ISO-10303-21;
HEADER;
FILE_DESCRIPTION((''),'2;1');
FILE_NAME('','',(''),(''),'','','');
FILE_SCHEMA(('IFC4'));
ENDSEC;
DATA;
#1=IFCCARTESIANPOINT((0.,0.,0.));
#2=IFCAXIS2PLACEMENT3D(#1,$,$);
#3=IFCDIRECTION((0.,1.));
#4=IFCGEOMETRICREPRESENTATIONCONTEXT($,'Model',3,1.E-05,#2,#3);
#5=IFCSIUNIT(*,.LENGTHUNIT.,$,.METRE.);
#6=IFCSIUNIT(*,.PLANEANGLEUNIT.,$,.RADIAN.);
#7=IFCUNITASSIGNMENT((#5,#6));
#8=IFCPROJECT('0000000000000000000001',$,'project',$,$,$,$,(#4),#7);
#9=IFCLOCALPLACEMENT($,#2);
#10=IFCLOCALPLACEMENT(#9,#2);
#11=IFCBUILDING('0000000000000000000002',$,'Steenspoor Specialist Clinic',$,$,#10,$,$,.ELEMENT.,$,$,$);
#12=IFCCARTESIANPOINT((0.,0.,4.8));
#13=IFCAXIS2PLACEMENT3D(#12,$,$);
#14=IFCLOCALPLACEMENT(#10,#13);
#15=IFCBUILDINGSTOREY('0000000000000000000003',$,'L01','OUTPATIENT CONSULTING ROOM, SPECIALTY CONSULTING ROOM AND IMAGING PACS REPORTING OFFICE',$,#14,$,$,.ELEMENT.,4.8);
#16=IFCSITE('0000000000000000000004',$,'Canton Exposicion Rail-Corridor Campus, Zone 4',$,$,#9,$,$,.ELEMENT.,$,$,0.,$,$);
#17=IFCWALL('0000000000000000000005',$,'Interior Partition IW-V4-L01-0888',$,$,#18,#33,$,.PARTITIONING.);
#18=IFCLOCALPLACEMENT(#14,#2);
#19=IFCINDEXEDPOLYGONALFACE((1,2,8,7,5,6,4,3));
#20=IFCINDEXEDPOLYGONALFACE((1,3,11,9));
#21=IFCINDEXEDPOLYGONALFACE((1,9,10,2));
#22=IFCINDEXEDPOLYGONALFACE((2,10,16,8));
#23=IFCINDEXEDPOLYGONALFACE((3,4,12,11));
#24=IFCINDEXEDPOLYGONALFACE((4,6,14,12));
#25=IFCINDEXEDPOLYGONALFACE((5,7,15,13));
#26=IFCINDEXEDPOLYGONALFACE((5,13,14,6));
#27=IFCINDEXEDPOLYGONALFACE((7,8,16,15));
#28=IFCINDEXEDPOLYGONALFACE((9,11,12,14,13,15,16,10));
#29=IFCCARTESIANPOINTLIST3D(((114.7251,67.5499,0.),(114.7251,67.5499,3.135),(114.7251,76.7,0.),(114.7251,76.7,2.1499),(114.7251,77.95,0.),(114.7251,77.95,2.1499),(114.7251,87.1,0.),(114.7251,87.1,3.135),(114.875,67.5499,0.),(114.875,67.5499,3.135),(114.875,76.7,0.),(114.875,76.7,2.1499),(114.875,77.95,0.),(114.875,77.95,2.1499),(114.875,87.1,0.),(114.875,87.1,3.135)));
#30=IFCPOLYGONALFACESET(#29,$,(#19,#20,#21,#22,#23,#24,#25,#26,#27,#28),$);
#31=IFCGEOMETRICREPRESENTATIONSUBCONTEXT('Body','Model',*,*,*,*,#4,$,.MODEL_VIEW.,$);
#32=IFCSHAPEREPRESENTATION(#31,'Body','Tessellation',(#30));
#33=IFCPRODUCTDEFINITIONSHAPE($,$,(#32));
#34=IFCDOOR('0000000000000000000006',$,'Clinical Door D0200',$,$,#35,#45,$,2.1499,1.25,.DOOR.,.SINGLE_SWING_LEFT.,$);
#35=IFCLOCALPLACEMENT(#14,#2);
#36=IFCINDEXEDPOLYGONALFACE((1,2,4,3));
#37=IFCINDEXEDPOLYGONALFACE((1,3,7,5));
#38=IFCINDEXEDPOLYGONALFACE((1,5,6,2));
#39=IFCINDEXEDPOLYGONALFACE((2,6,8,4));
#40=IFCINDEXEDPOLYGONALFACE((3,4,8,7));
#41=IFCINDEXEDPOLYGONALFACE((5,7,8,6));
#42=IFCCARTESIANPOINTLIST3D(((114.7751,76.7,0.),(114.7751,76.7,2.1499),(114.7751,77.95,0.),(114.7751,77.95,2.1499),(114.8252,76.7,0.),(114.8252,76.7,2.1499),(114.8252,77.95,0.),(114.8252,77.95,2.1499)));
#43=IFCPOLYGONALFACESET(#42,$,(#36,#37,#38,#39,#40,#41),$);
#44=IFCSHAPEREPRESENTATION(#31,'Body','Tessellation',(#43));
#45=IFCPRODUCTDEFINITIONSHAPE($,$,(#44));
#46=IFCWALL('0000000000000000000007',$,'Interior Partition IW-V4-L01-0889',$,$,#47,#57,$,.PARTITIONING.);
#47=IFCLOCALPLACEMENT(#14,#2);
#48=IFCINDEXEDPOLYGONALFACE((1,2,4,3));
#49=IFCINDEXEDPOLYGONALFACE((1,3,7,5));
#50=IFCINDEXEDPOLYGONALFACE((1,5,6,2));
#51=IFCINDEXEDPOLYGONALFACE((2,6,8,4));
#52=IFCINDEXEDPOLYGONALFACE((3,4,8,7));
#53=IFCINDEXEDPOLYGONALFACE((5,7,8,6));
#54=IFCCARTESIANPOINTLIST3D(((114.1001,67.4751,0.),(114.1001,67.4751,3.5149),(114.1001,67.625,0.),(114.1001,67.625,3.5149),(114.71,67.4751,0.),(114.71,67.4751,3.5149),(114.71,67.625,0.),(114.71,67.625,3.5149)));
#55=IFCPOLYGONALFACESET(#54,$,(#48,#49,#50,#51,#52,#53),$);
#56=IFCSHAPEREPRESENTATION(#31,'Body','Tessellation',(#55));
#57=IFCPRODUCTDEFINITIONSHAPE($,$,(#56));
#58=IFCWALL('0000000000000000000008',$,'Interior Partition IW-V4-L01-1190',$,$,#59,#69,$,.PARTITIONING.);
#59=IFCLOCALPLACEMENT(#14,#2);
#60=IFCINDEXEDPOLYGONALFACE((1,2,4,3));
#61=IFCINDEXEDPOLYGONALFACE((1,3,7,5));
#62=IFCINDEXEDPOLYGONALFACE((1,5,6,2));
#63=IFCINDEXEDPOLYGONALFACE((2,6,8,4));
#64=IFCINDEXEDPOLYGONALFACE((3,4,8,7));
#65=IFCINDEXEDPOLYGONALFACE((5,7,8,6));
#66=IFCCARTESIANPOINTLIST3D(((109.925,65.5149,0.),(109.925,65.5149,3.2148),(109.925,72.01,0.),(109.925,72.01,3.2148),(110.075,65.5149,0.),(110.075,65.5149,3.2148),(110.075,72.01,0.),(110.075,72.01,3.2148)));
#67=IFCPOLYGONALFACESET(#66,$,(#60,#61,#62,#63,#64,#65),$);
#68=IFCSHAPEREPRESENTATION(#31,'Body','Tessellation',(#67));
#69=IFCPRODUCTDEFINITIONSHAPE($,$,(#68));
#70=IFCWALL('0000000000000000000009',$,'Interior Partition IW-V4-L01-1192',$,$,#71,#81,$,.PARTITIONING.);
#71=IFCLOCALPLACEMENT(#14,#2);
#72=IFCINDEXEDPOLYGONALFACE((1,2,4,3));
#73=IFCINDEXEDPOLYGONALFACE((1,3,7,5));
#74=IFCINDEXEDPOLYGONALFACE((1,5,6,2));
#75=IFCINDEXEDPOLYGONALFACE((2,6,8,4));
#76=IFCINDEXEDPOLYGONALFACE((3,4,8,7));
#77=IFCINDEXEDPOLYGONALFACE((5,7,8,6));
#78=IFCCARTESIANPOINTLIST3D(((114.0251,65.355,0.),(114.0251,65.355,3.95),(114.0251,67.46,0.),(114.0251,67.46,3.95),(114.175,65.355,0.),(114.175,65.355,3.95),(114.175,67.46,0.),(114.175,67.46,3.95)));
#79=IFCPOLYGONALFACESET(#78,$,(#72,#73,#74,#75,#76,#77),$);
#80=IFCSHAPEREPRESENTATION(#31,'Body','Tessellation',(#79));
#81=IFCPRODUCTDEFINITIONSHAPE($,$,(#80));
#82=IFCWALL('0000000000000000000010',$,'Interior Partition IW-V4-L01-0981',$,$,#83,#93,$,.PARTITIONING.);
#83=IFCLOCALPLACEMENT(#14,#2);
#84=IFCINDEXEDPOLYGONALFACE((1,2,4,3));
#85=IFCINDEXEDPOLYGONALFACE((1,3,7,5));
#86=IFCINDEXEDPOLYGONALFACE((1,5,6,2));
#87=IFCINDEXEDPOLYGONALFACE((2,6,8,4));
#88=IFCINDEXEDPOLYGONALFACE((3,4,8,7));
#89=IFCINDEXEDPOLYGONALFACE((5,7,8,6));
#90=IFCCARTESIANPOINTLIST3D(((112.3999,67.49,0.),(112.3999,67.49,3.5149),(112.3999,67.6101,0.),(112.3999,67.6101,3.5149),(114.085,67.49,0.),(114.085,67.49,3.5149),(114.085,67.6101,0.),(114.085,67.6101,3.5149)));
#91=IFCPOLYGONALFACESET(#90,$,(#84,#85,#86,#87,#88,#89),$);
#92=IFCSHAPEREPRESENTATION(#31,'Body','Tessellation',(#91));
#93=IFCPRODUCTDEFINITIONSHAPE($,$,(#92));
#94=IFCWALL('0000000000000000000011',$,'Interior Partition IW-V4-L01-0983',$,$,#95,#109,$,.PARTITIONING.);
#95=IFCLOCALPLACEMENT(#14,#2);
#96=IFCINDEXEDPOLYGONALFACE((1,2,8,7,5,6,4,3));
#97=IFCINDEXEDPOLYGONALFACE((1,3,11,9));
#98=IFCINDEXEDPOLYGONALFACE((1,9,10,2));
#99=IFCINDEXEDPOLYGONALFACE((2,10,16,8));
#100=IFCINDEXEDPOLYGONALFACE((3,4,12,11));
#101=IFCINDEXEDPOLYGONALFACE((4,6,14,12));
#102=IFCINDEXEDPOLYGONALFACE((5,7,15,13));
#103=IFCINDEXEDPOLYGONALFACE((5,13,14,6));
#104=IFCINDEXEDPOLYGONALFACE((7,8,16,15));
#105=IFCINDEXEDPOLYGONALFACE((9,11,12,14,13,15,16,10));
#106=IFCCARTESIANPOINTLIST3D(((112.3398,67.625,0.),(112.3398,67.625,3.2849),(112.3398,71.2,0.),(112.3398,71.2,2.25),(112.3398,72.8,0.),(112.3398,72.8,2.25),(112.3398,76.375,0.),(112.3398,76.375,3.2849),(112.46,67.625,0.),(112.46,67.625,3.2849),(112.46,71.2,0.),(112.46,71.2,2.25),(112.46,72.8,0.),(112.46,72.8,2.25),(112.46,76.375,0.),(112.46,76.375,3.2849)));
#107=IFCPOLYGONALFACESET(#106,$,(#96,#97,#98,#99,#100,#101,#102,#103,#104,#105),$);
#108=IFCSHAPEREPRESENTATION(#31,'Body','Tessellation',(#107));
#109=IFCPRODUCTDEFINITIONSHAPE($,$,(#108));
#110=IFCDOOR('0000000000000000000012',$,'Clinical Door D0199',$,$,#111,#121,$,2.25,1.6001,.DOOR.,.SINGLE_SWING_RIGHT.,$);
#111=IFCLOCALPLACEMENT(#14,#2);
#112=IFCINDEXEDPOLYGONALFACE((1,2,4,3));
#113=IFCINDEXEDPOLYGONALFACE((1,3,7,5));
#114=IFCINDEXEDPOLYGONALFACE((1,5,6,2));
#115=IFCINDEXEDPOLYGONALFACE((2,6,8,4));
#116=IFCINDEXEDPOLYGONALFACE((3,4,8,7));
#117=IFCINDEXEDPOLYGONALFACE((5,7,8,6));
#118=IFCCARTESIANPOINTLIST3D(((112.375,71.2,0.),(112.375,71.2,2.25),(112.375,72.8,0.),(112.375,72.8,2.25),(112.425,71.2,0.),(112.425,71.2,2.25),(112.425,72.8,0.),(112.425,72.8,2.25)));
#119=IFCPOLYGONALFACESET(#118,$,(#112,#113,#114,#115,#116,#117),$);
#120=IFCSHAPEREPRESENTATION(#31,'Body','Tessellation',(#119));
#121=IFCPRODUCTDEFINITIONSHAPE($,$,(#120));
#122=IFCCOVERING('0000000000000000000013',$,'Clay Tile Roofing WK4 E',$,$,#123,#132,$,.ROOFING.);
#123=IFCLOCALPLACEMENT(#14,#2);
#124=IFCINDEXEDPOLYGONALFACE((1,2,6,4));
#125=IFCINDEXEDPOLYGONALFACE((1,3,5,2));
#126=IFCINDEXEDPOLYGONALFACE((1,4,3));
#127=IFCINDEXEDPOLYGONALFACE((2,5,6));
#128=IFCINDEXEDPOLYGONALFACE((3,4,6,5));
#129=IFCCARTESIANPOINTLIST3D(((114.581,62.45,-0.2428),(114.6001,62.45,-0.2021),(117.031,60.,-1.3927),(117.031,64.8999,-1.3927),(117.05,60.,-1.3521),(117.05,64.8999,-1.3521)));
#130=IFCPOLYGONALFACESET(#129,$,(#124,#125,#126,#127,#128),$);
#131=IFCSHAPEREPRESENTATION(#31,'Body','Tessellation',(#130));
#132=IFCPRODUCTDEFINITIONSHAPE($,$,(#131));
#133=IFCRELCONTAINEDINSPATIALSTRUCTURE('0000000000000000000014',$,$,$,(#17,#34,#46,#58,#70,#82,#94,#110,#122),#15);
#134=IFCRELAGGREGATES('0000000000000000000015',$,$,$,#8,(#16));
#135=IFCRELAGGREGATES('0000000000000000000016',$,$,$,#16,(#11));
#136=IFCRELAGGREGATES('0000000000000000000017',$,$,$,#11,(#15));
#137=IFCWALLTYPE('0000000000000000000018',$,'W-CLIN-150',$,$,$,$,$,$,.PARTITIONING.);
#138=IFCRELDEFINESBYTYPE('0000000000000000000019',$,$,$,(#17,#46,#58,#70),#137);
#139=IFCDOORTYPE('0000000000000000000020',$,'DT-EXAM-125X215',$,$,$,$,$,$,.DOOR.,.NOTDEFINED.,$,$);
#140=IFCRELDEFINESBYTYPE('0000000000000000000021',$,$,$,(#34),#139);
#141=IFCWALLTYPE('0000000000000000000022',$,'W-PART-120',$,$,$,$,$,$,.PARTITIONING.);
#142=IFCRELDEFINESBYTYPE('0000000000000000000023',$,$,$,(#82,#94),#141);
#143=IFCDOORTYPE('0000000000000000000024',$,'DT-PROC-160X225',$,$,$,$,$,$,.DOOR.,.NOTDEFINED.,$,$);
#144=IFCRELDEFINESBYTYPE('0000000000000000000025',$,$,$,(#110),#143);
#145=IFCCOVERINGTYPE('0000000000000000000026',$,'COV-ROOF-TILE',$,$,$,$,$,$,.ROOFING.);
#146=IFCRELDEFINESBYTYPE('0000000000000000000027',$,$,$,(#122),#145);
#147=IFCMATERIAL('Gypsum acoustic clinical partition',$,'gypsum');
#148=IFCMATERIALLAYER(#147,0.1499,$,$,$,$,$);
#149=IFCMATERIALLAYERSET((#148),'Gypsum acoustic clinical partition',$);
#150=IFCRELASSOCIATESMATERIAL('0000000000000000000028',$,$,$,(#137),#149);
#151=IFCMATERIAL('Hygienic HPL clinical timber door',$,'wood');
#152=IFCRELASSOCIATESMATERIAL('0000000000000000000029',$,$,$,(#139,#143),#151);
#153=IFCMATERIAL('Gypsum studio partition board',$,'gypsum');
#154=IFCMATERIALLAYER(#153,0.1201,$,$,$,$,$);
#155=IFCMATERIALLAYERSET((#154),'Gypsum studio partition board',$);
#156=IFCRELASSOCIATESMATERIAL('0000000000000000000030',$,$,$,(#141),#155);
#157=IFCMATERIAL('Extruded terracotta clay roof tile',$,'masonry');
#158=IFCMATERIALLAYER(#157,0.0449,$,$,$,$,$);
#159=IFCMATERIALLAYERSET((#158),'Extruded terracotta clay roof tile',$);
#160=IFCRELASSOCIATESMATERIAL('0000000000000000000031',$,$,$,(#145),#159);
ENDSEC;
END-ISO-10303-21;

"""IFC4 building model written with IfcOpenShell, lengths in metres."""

from ifc_helpers import new_model, si_unit, direction, frame, frame_2d, origin, place, context, subcontext, project, spatial, polyline, rectangle, outline, extrude, material, layer, layer_set, type_object, element, fill, save


model = new_model("IFC4")

# Units and contexts
model_context = context("Model", 3, precision=1e-05, world=origin(), true_north=direction((0.0, 1.0)))
body_context = subcontext(model_context, "Body", "Model", "MODEL_VIEW")
ifc_project = project(units=[si_unit("LENGTHUNIT", "METRE"), si_unit("PLANEANGLEUNIT", "RADIAN")], contexts=[model_context])

# Site, building, storey
site_placement = place(None, origin())
site = spatial("IfcSite", under=ifc_project, at=site_placement, Name="Canton Exposicion Rail-Corridor Campus, Zone 4", CompositionType="ELEMENT", RefElevation=0.0)
building_placement = place(site_placement, origin())
building = spatial("IfcBuilding", under=site, at=building_placement, Name="Steenspoor Specialist Clinic", CompositionType="ELEMENT")
storey_placement = place(building_placement, frame((0.0, 0.0, 4.8)))
storey = spatial("IfcBuildingStorey", under=building, at=storey_placement, Name="L01", Description="OUTPATIENT CONSULTING ROOM, SPECIALTY CONSULTING ROOM AND IMAGING PACS REPORTING OFFICE", CompositionType="ELEMENT", Elevation=4.8)

# Shared definitions
ifc_material_1 = material(Name="Extruded terracotta clay roof tile", Category="masonry")

# Wall, opening, door
ifc_material_2 = material(Name="Gypsum acoustic clinical partition", Category="gypsum")
ifc_layer_1 = layer(ifc_material_2, 0.1499)
ifc_layer_set_1 = layer_set([ifc_layer_1], Name="Gypsum acoustic clinical partition")
wall_type_1 = type_object("IfcWallType", Name="W-CLIN-150", PredefinedType="PARTITIONING", material=ifc_layer_set_1)
wall_1_placement = place(storey_placement, frame((114.8, 67.55, 0.0), z_axis=(0.0, 0.0, 1.0), x_axis=(0.0, 1.0, 0.0)))
wall_1 = element("IfcWall", 1, at=wall_1_placement, inside=storey, type_object=wall_type_1, Name="Interior Partition IW-V4-L01-0888", PredefinedType="PARTITIONING", context=body_context, shape_type="SweptSolid", body=[
    extrude(rectangle(XDim=19.55, YDim=0.1499, at=frame_2d((9.7749, 0.0))), origin(), (0.0, 0.0, 1.0), 3.135),
])
opening_1_placement = place(wall_1_placement, frame((9.1499, 0.0, 0.0)))
opening_1 = element("IfcOpeningElement", 2, at=opening_1_placement, cuts=wall_1, PredefinedType="OPENING", context=body_context, shape_type="SweptSolid", body=[
    extrude(rectangle(XDim=1.25, YDim=2.1499, at=frame_2d((0.625, 1.075))), frame((0.0, 0.085, 0.0), z_axis=(0.0, -1.0, 0.0), x_axis=(1.0, 0.0, 0.0)), (0.0, 0.0, 1.0), 0.1699),
])
ifc_material_3 = material(Name="Hygienic HPL clinical timber door", Category="wood")
door_type_1 = type_object("IfcDoorType", Name="DT-EXAM-125X215", OperationType="NOTDEFINED", PredefinedType="DOOR", material=ifc_material_3)
door_1_placement = place(opening_1_placement, origin())
door_1 = element("IfcDoor", 3, at=door_1_placement, inside=storey, type_object=door_type_1, Name="Clinical Door D0200", OperationType="SINGLE_SWING_LEFT", OverallHeight=2.1499, OverallWidth=1.25, PredefinedType="DOOR", context=body_context, shape_type="SweptSolid", body=[
    extrude(rectangle(XDim=1.25, YDim=2.1499, at=frame_2d((0.625, 1.075))), frame((0.0, 0.0249, 0.0), z_axis=(0.0, -1.0, 0.0), x_axis=(1.0, 0.0, 0.0)), (0.0, 0.0, 1.0), 0.05),
])
fill(opening_1, door_1)

# Walls
wall_2_placement = place(storey_placement, frame((114.1001, 67.55, 0.0), z_axis=(0.0, 0.0, 1.0), x_axis=(1.0, 0.0, 0.0)))
element("IfcWall", 4, at=wall_2_placement, inside=storey, type_object=wall_type_1, Name="Interior Partition IW-V4-L01-0889", PredefinedType="PARTITIONING", context=body_context, shape_type="SweptSolid", body=[
    extrude(rectangle(XDim=0.6099, YDim=0.1499, at=frame_2d((0.3049, 0.0))), origin(), (0.0, 0.0, 1.0), 3.5149),
])
wall_3_placement = place(storey_placement, frame((110.0, 65.5149, 0.0), z_axis=(0.0, 0.0, 1.0), x_axis=(0.0, 1.0, 0.0)))
element("IfcWall", 5, at=wall_3_placement, inside=storey, type_object=wall_type_1, Name="Interior Partition IW-V4-L01-1190", PredefinedType="PARTITIONING", context=body_context, shape_type="SweptSolid", body=[
    extrude(rectangle(XDim=6.4951, YDim=0.1499, at=frame_2d((3.2476, 0.0))), origin(), (0.0, 0.0, 1.0), 3.2148),
])
wall_4_placement = place(storey_placement, frame((114.1001, 65.355, 0.0), z_axis=(0.0, 0.0, 1.0), x_axis=(0.0, 1.0, 0.0)))
element("IfcWall", 6, at=wall_4_placement, inside=storey, type_object=wall_type_1, Name="Interior Partition IW-V4-L01-1192", PredefinedType="PARTITIONING", context=body_context, shape_type="SweptSolid", body=[
    extrude(rectangle(XDim=2.105, YDim=0.1499, at=frame_2d((1.0525, 0.0))), origin(), (0.0, 0.0, 1.0), 3.95),
])
ifc_material_4 = material(Name="Gypsum studio partition board", Category="gypsum")
ifc_layer_2 = layer(ifc_material_4, 0.1201)
ifc_layer_set_2 = layer_set([ifc_layer_2], Name="Gypsum studio partition board")
wall_type_2 = type_object("IfcWallType", Name="W-PART-120", PredefinedType="PARTITIONING", material=ifc_layer_set_2)
wall_5_placement = place(storey_placement, frame((112.3999, 67.55, 0.0), z_axis=(0.0, 0.0, 1.0), x_axis=(1.0, 0.0, 0.0)))
element("IfcWall", 7, at=wall_5_placement, inside=storey, type_object=wall_type_2, Name="Interior Partition IW-V4-L01-0981", PredefinedType="PARTITIONING", context=body_context, shape_type="SweptSolid", body=[
    extrude(rectangle(XDim=1.6851, YDim=0.1201, at=frame_2d((0.8425, 0.0))), origin(), (0.0, 0.0, 1.0), 3.5149),
])

# Wall, opening, door
wall_6_placement = place(storey_placement, frame((112.3999, 67.625, 0.0), z_axis=(0.0, 0.0, 1.0), x_axis=(0.0, 1.0, 0.0)))
wall_6 = element("IfcWall", 8, at=wall_6_placement, inside=storey, type_object=wall_type_2, Name="Interior Partition IW-V4-L01-0983", PredefinedType="PARTITIONING", context=body_context, shape_type="SweptSolid", body=[
    extrude(rectangle(XDim=8.75, YDim=0.1201, at=frame_2d((4.375, 0.0))), origin(), (0.0, 0.0, 1.0), 3.2849),
])
opening_2_placement = place(wall_6_placement, frame((3.575, 0.0, 0.0)))
opening_2 = element("IfcOpeningElement", 9, at=opening_2_placement, cuts=wall_6, PredefinedType="OPENING", context=body_context, shape_type="SweptSolid", body=[
    extrude(rectangle(XDim=1.6001, YDim=2.25, at=frame_2d((0.8, 1.125))), frame((0.0, 0.0701, 0.0), z_axis=(0.0, -1.0, 0.0), x_axis=(1.0, 0.0, 0.0)), (0.0, 0.0, 1.0), 0.1401),
])
door_type_2 = type_object("IfcDoorType", Name="DT-PROC-160X225", OperationType="NOTDEFINED", PredefinedType="DOOR", material=ifc_material_3)
door_2_placement = place(opening_2_placement, origin())
door_2 = element("IfcDoor", 10, at=door_2_placement, inside=storey, type_object=door_type_2, Name="Clinical Door D0199", OperationType="SINGLE_SWING_RIGHT", OverallHeight=2.25, OverallWidth=1.6001, PredefinedType="DOOR", context=body_context, shape_type="SweptSolid", body=[
    extrude(rectangle(XDim=1.6001, YDim=2.25, at=frame_2d((0.8, 1.125))), frame((0.0, 0.0249, 0.0), z_axis=(0.0, -1.0, 0.0), x_axis=(1.0, 0.0, 0.0)), (0.0, 0.0, 1.0), 0.05),
])
fill(opening_2, door_2)

# Covering
ifc_layer_3 = layer(ifc_material_1, 0.0449)
ifc_layer_set_3 = layer_set([ifc_layer_3], Name="Extruded terracotta clay roof tile")
covering_type = type_object("IfcCoveringType", Name="COV-ROOF-TILE", PredefinedType="ROOFING", material=ifc_layer_set_3)
covering_placement = place(storey_placement, frame((117.05, 60.0, -1.3521), z_axis=(0.424885, 0.0, 0.905248), x_axis=(0.0, 1.0, 0.0)))
element("IfcCovering", 11, at=covering_placement, inside=storey, type_object=covering_type, Name="Clay Tile Roofing WK4 E", PredefinedType="ROOFING", context=body_context, shape_type="SweptSolid", body=[
    extrude(outline(polyline([(0.0, 0.0), (4.8999, 0.0), (2.45, 2.7064), (0.0, 0.0)])), origin(), (0.0, 0.0, -1.0), 0.0449),
])

save(model, "model.ifc")
